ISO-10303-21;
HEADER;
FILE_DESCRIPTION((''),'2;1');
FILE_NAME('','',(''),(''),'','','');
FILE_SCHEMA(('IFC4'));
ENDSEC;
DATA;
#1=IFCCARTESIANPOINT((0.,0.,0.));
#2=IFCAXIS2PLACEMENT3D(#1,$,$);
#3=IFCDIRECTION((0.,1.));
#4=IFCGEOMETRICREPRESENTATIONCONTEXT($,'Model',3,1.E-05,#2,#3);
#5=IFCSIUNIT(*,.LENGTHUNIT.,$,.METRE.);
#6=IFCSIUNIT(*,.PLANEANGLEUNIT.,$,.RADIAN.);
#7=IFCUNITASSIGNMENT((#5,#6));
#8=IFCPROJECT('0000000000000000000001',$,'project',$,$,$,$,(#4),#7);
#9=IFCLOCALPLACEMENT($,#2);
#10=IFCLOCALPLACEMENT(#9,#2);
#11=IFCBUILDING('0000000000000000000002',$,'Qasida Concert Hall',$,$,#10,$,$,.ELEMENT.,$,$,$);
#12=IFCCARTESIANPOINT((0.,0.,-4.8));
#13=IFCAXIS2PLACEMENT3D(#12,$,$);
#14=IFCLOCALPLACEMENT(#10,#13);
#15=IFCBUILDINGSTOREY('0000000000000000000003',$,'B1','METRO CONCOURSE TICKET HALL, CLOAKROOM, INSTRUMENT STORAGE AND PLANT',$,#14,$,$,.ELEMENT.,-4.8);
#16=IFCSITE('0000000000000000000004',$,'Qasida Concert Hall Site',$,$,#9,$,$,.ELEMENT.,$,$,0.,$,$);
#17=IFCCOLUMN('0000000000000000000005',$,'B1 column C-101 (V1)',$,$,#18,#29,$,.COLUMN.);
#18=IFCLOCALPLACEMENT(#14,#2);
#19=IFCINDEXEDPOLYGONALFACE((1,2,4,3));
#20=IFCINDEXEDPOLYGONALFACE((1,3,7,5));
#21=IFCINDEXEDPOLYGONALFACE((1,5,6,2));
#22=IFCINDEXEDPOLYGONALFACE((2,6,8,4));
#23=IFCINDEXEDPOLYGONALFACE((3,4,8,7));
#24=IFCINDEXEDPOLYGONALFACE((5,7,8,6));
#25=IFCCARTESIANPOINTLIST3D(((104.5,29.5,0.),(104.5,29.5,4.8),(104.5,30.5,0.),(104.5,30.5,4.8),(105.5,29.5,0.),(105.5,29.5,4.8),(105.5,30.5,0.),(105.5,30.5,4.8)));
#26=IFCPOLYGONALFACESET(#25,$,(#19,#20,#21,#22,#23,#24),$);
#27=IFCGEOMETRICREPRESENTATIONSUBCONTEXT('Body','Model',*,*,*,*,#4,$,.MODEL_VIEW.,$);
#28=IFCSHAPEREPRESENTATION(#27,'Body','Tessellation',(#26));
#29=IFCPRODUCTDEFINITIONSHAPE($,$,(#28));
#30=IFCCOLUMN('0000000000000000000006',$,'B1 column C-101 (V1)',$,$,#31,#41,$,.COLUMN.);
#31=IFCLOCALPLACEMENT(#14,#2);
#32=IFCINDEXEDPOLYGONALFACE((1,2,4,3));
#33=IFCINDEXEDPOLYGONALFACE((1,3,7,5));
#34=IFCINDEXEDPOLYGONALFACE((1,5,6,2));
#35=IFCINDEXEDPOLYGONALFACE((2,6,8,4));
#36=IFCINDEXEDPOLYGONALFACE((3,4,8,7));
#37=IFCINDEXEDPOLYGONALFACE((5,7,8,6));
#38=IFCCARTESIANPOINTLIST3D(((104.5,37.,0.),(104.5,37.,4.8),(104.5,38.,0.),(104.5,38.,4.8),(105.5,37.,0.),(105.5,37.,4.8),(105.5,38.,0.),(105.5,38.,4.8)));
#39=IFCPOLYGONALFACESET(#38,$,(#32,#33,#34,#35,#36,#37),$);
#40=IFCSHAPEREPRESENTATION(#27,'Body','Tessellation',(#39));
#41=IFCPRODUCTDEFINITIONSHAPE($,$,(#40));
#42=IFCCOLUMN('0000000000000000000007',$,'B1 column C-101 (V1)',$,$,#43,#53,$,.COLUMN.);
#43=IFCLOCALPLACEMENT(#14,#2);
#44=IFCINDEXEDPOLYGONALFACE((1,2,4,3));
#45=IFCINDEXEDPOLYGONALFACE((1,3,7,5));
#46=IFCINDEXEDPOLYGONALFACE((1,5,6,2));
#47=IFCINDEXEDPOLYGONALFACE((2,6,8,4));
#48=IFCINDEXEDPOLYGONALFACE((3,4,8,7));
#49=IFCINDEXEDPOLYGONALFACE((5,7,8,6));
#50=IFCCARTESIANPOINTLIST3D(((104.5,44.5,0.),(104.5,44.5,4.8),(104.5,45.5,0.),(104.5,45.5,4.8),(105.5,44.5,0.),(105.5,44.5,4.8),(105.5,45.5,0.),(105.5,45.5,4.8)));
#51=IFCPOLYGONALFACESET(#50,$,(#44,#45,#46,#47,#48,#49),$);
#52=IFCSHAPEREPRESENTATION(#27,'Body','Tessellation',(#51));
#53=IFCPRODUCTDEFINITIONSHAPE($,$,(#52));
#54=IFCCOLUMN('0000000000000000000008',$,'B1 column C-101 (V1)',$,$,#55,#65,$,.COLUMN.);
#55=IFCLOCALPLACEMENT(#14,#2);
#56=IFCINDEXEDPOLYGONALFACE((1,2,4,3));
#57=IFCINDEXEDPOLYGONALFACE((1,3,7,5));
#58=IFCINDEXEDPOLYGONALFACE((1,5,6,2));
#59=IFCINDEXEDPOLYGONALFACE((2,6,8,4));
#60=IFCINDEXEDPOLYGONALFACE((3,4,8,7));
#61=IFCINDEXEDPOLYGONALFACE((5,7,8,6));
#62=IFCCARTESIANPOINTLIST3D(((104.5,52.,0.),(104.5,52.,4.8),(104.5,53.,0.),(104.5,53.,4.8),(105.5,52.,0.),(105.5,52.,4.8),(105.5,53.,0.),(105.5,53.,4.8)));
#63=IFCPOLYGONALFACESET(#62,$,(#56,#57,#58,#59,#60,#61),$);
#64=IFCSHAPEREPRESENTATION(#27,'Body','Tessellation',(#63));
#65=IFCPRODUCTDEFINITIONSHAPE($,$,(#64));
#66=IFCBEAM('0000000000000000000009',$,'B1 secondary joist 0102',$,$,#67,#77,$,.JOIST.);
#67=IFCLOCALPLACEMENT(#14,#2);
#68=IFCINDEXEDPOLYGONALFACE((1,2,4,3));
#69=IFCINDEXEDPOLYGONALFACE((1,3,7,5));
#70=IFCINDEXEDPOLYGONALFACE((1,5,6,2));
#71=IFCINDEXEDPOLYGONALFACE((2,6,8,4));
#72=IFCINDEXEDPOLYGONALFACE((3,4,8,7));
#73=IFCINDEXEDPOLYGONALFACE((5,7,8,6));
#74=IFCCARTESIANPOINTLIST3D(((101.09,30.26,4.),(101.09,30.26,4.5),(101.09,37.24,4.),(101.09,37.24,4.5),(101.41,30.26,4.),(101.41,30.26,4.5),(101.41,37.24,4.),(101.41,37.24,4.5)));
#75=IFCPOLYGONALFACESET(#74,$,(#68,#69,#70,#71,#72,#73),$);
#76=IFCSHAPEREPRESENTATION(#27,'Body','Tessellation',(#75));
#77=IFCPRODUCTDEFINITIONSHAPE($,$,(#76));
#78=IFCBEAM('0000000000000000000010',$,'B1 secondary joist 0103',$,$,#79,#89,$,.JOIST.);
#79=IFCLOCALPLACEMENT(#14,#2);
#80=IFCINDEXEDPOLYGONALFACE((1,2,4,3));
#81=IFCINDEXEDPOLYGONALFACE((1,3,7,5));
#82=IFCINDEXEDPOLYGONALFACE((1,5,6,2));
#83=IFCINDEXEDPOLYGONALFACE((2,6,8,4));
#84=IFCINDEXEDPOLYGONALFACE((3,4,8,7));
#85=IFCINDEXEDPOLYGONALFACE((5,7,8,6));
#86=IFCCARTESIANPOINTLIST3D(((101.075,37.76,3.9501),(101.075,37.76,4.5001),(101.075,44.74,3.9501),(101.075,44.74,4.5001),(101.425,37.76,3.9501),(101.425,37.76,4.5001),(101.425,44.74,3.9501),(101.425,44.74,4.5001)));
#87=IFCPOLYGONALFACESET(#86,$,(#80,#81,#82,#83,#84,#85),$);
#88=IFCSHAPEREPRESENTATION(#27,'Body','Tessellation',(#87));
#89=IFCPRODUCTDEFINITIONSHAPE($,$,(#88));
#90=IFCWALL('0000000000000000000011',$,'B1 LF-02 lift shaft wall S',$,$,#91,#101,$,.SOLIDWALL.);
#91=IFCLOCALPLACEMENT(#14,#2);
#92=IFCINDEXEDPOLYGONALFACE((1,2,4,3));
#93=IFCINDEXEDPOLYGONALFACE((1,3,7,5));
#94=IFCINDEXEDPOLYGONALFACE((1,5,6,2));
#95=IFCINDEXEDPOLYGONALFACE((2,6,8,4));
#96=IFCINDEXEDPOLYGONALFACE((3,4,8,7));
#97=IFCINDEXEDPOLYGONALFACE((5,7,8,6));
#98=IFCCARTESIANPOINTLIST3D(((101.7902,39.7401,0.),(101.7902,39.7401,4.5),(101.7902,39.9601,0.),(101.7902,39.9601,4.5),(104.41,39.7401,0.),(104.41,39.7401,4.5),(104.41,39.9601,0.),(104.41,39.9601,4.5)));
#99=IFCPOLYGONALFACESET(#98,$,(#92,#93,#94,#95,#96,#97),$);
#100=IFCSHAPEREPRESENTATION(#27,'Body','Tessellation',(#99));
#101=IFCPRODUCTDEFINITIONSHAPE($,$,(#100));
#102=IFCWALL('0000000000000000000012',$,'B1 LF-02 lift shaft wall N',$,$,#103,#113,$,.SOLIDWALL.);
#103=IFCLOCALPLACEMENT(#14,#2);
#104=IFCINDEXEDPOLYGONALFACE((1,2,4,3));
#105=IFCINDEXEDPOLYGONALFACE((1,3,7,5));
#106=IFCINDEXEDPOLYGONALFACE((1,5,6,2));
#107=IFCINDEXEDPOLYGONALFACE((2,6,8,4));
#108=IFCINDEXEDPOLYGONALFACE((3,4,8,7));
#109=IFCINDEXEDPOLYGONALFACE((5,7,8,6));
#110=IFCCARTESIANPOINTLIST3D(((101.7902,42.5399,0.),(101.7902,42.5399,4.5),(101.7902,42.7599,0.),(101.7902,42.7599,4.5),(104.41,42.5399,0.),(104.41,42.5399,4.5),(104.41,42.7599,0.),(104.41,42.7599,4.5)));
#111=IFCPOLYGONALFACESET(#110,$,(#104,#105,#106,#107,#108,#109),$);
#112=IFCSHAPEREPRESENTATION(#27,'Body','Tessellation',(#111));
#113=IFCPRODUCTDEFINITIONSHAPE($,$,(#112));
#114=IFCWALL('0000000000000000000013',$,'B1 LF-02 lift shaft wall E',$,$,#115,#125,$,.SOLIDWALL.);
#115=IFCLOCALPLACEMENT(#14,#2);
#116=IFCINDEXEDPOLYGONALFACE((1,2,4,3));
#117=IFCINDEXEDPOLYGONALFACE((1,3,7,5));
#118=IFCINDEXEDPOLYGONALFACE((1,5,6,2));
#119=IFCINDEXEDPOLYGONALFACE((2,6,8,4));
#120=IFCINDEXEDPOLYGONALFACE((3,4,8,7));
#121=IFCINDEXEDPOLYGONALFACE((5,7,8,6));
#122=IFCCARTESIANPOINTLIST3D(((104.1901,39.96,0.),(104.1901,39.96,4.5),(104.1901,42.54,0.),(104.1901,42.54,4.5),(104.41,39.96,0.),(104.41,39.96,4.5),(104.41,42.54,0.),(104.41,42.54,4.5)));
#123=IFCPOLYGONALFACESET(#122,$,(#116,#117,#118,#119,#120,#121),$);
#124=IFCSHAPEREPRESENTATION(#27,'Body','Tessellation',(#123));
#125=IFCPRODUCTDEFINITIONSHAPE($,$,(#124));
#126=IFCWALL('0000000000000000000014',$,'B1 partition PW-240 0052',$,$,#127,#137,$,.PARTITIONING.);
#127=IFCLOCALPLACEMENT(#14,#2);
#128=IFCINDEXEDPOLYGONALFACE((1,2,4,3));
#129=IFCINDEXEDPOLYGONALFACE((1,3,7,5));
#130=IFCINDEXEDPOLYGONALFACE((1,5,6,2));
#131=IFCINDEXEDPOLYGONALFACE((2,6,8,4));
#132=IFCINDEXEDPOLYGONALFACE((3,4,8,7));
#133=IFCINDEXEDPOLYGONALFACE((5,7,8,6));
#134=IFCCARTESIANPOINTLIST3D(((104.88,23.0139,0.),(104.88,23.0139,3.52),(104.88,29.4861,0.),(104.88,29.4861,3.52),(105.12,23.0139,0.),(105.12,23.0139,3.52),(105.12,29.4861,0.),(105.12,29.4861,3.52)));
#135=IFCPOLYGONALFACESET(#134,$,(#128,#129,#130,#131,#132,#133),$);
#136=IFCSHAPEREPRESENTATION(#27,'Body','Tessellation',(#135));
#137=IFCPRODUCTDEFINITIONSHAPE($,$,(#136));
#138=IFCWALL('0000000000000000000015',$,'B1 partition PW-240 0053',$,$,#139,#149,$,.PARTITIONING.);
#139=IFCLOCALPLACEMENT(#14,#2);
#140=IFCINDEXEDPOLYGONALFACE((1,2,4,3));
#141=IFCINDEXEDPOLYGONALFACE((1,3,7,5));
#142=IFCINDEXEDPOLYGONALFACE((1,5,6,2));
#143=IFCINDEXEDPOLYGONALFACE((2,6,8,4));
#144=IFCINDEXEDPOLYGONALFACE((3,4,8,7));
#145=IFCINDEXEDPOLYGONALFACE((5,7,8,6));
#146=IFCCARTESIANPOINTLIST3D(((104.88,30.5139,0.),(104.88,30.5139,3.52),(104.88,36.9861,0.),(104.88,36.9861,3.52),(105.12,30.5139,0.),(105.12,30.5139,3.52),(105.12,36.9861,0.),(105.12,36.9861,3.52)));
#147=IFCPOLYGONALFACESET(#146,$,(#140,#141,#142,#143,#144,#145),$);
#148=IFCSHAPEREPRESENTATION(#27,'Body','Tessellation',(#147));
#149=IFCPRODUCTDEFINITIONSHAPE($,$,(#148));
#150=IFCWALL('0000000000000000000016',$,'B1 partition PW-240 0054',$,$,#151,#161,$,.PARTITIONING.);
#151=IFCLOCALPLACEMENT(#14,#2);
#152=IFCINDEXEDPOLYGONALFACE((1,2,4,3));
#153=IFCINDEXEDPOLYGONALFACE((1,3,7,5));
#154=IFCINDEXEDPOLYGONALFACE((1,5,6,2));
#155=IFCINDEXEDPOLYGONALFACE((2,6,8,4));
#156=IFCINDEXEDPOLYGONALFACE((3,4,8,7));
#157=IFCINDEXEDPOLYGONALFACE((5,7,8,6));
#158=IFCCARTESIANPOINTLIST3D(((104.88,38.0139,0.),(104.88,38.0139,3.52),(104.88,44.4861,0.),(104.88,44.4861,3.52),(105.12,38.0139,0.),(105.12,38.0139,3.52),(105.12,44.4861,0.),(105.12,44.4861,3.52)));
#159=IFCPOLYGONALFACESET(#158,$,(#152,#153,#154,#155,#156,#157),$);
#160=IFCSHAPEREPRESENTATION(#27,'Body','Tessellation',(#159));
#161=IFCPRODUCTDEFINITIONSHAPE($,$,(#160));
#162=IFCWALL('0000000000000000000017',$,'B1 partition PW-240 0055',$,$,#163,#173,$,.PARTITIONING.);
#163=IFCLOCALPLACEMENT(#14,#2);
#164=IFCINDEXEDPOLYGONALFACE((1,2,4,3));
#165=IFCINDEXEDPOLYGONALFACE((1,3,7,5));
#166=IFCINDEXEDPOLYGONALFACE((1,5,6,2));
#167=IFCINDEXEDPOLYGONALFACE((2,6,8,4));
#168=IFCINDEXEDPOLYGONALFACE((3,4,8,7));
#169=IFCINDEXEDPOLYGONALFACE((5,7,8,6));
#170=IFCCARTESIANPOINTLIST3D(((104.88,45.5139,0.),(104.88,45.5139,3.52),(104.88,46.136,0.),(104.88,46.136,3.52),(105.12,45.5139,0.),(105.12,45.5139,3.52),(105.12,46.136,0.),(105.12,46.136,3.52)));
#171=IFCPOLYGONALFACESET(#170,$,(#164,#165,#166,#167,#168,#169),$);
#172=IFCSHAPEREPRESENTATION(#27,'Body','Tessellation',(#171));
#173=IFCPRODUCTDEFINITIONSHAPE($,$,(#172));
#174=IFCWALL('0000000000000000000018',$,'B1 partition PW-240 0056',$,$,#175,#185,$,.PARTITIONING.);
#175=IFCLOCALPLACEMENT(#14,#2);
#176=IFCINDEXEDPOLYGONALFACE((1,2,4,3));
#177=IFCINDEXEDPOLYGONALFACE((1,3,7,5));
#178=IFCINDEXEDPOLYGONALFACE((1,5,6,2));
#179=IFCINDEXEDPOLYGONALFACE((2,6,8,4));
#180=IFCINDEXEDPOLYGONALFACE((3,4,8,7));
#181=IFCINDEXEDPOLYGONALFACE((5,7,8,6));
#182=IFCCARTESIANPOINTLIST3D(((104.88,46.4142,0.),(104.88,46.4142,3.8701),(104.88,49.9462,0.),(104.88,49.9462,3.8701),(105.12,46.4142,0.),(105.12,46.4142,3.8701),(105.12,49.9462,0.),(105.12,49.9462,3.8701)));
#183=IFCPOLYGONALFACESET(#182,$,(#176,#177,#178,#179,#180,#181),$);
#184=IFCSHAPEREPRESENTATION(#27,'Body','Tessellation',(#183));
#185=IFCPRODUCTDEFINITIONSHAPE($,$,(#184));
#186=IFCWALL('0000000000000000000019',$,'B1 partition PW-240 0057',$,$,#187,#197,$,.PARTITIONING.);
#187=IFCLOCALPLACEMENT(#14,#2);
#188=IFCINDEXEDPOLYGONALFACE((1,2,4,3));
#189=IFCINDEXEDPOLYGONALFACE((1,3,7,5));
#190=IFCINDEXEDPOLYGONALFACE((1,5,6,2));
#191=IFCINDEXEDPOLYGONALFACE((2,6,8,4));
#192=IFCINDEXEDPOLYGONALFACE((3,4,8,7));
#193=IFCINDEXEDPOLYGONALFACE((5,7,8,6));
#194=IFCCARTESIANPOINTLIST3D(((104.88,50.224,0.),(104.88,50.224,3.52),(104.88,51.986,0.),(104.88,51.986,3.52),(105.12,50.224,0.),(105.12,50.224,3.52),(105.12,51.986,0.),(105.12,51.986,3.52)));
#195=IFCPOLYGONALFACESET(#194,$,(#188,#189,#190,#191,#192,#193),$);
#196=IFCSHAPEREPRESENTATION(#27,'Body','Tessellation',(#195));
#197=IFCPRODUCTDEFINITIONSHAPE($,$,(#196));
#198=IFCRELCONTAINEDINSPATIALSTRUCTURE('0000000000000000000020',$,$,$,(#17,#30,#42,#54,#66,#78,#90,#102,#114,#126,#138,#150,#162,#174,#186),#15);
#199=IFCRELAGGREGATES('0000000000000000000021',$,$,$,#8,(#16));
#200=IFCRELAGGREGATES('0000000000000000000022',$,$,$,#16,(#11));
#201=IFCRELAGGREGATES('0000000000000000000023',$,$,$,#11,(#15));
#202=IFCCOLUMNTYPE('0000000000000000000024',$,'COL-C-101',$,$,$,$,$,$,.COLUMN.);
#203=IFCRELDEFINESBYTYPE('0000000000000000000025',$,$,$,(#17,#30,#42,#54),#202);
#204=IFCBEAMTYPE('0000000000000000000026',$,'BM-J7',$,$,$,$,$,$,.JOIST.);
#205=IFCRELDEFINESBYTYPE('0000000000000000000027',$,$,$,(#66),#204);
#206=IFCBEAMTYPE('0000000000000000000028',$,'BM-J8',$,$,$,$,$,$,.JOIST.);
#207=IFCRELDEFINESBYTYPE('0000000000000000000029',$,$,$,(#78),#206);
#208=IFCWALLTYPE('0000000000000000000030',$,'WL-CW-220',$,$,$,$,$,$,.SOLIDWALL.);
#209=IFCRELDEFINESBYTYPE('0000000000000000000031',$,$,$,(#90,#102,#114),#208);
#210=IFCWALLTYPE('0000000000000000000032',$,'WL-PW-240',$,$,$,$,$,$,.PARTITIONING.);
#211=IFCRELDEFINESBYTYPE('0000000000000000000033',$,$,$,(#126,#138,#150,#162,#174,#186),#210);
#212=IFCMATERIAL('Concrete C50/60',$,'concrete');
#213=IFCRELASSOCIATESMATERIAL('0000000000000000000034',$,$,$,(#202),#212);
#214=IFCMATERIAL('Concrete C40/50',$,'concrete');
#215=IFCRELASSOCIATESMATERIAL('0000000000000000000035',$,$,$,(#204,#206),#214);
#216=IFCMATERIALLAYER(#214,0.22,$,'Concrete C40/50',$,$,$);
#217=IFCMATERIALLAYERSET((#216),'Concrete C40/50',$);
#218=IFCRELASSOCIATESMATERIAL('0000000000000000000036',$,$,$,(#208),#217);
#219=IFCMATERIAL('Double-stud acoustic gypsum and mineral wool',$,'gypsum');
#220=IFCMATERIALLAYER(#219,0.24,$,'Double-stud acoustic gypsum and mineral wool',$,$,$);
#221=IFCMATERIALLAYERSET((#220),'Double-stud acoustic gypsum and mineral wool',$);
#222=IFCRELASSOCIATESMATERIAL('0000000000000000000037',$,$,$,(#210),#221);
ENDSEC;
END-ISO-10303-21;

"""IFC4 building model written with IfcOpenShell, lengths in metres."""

from ifc_helpers import new_model, si_unit, direction, frame, frame_2d, origin, origin_2d, place, context, subcontext, project, spatial, rectangle, extrude, material, layer, layer_set, material_profile, profile_set, type_object, element, save


model = new_model("IFC4")

# Units and contexts
model_context = context("Model", 3, precision=1e-05, world=origin(), true_north=direction((0.0, 1.0)))
body_context = subcontext(model_context, "Body", "Model", "MODEL_VIEW")
ifc_project = project(units=[si_unit("LENGTHUNIT", "METRE"), si_unit("PLANEANGLEUNIT", "RADIAN")], contexts=[model_context])

# Site, building, storey
site_placement = place(None, origin())
site = spatial("IfcSite", under=ifc_project, at=site_placement, Name="Qasida Concert Hall Site", CompositionType="ELEMENT", RefElevation=0.0)
building_placement = place(site_placement, origin())
building = spatial("IfcBuilding", under=site, at=building_placement, Name="Qasida Concert Hall", CompositionType="ELEMENT")
storey_placement = place(building_placement, frame((0.0, 0.0, -4.8)))
storey = spatial("IfcBuildingStorey", under=building, at=storey_placement, Name="B1", Description="METRO CONCOURSE TICKET HALL, CLOAKROOM, INSTRUMENT STORAGE AND PLANT", CompositionType="ELEMENT", Elevation=-4.8)

# Shared definitions
ifc_material_1 = material(Name="Concrete C40/50", Category="concrete")

# Columns
ifc_material_2 = material(Name="Concrete C50/60", Category="concrete")
ifc_material_profile_1 = material_profile(ifc_material_2, rectangle(XDim=1.0, YDim=1.0, at=origin_2d()), Name="RC 1000x1000")
ifc_profile_set_1 = profile_set([ifc_material_profile_1], Name="Concrete C50/60")
column_type = type_object("IfcColumnType", Name="COL-C-101", PredefinedType="COLUMN", material=ifc_profile_set_1)
for number, where, z_axis, x_axis, name in (
    (1, (105.0, 30.0, 0.0), (0.0, 0.0, 1.0), (1.0, 0.0, 0.0), "B1 column C-101 (V1)"),
    (2, (105.0, 37.5, 0.0), (0.0, 0.0, 1.0), (1.0, 0.0, 0.0), "B1 column C-101 (V1)"),
    (3, (105.0, 45.0, 0.0), (0.0, 0.0, 1.0), (1.0, 0.0, 0.0), "B1 column C-101 (V1)"),
    (4, (105.0, 52.5, 0.0), (0.0, 0.0, 1.0), (1.0, 0.0, 0.0), "B1 column C-101 (V1)"),
):
    element("IfcColumn", number, at=place(storey_placement, frame(where, z_axis=z_axis, x_axis=x_axis)), inside=storey, type_object=column_type, Name=name, PredefinedType="COLUMN", context=body_context, shape_type="SweptSolid", body=[
        extrude(rectangle(XDim=1.0, YDim=1.0, at=origin_2d()), origin(), (0.0, 0.0, 1.0), 4.8),
    ])

# Beams
ifc_material_profile_2 = material_profile(ifc_material_1, rectangle(XDim=0.3201, YDim=0.5, at=origin_2d()), Name="RC 320x500")
ifc_profile_set_2 = profile_set([ifc_material_profile_2], Name="Concrete C40/50")
beam_type_1 = type_object("IfcBeamType", Name="BM-J7", PredefinedType="JOIST", material=ifc_profile_set_2)
beam_1_placement = place(storey_placement, frame((101.25, 30.26, 4.25), z_axis=(0.0, 1.0, 0.0), x_axis=(-1.0, 0.0, 0.0)))
element("IfcBeam", 5, at=beam_1_placement, inside=storey, type_object=beam_type_1, Name="B1 secondary joist 0102", PredefinedType="JOIST", context=body_context, shape_type="SweptSolid", body=[
    extrude(rectangle(XDim=0.3201, YDim=0.5, at=origin_2d()), origin(), (0.0, 0.0, 1.0), 6.98),
])
ifc_material_profile_3 = material_profile(ifc_material_1, rectangle(XDim=0.3501, YDim=0.55, at=origin_2d()), Name="RC 350x550")
ifc_profile_set_3 = profile_set([ifc_material_profile_3], Name="Concrete C40/50")
beam_type_2 = type_object("IfcBeamType", Name="BM-J8", PredefinedType="JOIST", material=ifc_profile_set_3)
beam_2_placement = place(storey_placement, frame((101.25, 37.76, 4.2251), z_axis=(0.0, 1.0, 0.0), x_axis=(-1.0, 0.0, 0.0)))
element("IfcBeam", 6, at=beam_2_placement, inside=storey, type_object=beam_type_2, Name="B1 secondary joist 0103", PredefinedType="JOIST", context=body_context, shape_type="SweptSolid", body=[
    extrude(rectangle(XDim=0.3501, YDim=0.55, at=origin_2d()), origin(), (0.0, 0.0, 1.0), 6.98),
])

# Walls
ifc_layer_1 = layer(ifc_material_1, 0.22, Name="Concrete C40/50")
ifc_layer_set_1 = layer_set([ifc_layer_1], Name="Concrete C40/50")
wall_type_1 = type_object("IfcWallType", Name="WL-CW-220", PredefinedType="SOLIDWALL", material=ifc_layer_set_1)
for number, where, z_axis, x_axis, name in (
    (7, (101.79, 39.8501, 0.0), (0.0, 0.0, 1.0), (1.0, 0.0, 0.0), "B1 LF-02 lift shaft wall S"),
    (8, (101.79, 42.6499, 0.0), (0.0, 0.0, 1.0), (1.0, 0.0, 0.0), "B1 LF-02 lift shaft wall N"),
):
    element("IfcWall", number, at=place(storey_placement, frame(where, z_axis=z_axis, x_axis=x_axis)), inside=storey, type_object=wall_type_1, Name=name, PredefinedType="SOLIDWALL", context=body_context, shape_type="SweptSolid", body=[
        extrude(rectangle(XDim=2.6199, YDim=0.22, at=frame_2d((1.3101, 0.0))), origin(), (0.0, 0.0, 1.0), 4.5),
    ])

# Walls
wall_1_placement = place(storey_placement, frame((104.3, 39.96, 0.0), z_axis=(0.0, 0.0, 1.0), x_axis=(0.0, 1.0, 0.0)))
element("IfcWall", 9, at=wall_1_placement, inside=storey, type_object=wall_type_1, Name="B1 LF-02 lift shaft wall E", PredefinedType="SOLIDWALL", context=body_context, shape_type="SweptSolid", body=[
    extrude(rectangle(XDim=2.5801, YDim=0.22, at=frame_2d((1.29, 0.0))), origin(), (0.0, 0.0, 1.0), 4.5),
])
ifc_material_3 = material(Name="Double-stud acoustic gypsum and mineral wool", Category="gypsum")
ifc_layer_2 = layer(ifc_material_3, 0.24, Name="Double-stud acoustic gypsum and mineral wool")
ifc_layer_set_2 = layer_set([ifc_layer_2], Name="Double-stud acoustic gypsum and mineral wool")
wall_type_2 = type_object("IfcWallType", Name="WL-PW-240", PredefinedType="PARTITIONING", material=ifc_layer_set_2)
for number, where, z_axis, x_axis, name in (
    (10, (105.0, 23.0139, 0.0), (0.0, 0.0, 1.0), (0.0, 1.0, 0.0), "B1 partition PW-240 0052"),
    (11, (105.0, 30.5139, 0.0), (0.0, 0.0, 1.0), (0.0, 1.0, 0.0), "B1 partition PW-240 0053"),
    (12, (105.0, 38.0139, 0.0), (0.0, 0.0, 1.0), (0.0, 1.0, 0.0), "B1 partition PW-240 0054"),
):
    element("IfcWall", number, at=place(storey_placement, frame(where, z_axis=z_axis, x_axis=x_axis)), inside=storey, type_object=wall_type_2, Name=name, PredefinedType="PARTITIONING", context=body_context, shape_type="SweptSolid", body=[
        extrude(rectangle(XDim=6.4722, YDim=0.24, at=frame_2d((3.2361, 0.0))), origin(), (0.0, 0.0, 1.0), 3.52),
    ])
wall_2_placement = place(storey_placement, frame((105.0, 45.5139, 0.0), z_axis=(0.0, 0.0, 1.0), x_axis=(0.0, 1.0, 0.0)))
element("IfcWall", 13, at=wall_2_placement, inside=storey, type_object=wall_type_2, Name="B1 partition PW-240 0055", PredefinedType="PARTITIONING", context=body_context, shape_type="SweptSolid", body=[
    extrude(rectangle(XDim=0.6221, YDim=0.24, at=frame_2d((0.311, 0.0))), origin(), (0.0, 0.0, 1.0), 3.52),
])
wall_3_placement = place(storey_placement, frame((105.0, 46.4141, 0.0), z_axis=(0.0, 0.0, 1.0), x_axis=(0.0, 1.0, 0.0)))
element("IfcWall", 14, at=wall_3_placement, inside=storey, type_object=wall_type_2, Name="B1 partition PW-240 0056", PredefinedType="PARTITIONING", context=body_context, shape_type="SweptSolid", body=[
    extrude(rectangle(XDim=3.532, YDim=0.24, at=frame_2d((1.7661, 0.0))), origin(), (0.0, 0.0, 1.0), 3.8701),
])
wall_4_placement = place(storey_placement, frame((105.0, 50.2241, 0.0), z_axis=(0.0, 0.0, 1.0), x_axis=(0.0, 1.0, 0.0)))
element("IfcWall", 15, at=wall_4_placement, inside=storey, type_object=wall_type_2, Name="B1 partition PW-240 0057", PredefinedType="PARTITIONING", context=body_context, shape_type="SweptSolid", body=[
    extrude(rectangle(XDim=1.762, YDim=0.24, at=frame_2d((0.8809, 0.0))), origin(), (0.0, 0.0, 1.0), 3.52),
])

save(model, "model.ifc")
